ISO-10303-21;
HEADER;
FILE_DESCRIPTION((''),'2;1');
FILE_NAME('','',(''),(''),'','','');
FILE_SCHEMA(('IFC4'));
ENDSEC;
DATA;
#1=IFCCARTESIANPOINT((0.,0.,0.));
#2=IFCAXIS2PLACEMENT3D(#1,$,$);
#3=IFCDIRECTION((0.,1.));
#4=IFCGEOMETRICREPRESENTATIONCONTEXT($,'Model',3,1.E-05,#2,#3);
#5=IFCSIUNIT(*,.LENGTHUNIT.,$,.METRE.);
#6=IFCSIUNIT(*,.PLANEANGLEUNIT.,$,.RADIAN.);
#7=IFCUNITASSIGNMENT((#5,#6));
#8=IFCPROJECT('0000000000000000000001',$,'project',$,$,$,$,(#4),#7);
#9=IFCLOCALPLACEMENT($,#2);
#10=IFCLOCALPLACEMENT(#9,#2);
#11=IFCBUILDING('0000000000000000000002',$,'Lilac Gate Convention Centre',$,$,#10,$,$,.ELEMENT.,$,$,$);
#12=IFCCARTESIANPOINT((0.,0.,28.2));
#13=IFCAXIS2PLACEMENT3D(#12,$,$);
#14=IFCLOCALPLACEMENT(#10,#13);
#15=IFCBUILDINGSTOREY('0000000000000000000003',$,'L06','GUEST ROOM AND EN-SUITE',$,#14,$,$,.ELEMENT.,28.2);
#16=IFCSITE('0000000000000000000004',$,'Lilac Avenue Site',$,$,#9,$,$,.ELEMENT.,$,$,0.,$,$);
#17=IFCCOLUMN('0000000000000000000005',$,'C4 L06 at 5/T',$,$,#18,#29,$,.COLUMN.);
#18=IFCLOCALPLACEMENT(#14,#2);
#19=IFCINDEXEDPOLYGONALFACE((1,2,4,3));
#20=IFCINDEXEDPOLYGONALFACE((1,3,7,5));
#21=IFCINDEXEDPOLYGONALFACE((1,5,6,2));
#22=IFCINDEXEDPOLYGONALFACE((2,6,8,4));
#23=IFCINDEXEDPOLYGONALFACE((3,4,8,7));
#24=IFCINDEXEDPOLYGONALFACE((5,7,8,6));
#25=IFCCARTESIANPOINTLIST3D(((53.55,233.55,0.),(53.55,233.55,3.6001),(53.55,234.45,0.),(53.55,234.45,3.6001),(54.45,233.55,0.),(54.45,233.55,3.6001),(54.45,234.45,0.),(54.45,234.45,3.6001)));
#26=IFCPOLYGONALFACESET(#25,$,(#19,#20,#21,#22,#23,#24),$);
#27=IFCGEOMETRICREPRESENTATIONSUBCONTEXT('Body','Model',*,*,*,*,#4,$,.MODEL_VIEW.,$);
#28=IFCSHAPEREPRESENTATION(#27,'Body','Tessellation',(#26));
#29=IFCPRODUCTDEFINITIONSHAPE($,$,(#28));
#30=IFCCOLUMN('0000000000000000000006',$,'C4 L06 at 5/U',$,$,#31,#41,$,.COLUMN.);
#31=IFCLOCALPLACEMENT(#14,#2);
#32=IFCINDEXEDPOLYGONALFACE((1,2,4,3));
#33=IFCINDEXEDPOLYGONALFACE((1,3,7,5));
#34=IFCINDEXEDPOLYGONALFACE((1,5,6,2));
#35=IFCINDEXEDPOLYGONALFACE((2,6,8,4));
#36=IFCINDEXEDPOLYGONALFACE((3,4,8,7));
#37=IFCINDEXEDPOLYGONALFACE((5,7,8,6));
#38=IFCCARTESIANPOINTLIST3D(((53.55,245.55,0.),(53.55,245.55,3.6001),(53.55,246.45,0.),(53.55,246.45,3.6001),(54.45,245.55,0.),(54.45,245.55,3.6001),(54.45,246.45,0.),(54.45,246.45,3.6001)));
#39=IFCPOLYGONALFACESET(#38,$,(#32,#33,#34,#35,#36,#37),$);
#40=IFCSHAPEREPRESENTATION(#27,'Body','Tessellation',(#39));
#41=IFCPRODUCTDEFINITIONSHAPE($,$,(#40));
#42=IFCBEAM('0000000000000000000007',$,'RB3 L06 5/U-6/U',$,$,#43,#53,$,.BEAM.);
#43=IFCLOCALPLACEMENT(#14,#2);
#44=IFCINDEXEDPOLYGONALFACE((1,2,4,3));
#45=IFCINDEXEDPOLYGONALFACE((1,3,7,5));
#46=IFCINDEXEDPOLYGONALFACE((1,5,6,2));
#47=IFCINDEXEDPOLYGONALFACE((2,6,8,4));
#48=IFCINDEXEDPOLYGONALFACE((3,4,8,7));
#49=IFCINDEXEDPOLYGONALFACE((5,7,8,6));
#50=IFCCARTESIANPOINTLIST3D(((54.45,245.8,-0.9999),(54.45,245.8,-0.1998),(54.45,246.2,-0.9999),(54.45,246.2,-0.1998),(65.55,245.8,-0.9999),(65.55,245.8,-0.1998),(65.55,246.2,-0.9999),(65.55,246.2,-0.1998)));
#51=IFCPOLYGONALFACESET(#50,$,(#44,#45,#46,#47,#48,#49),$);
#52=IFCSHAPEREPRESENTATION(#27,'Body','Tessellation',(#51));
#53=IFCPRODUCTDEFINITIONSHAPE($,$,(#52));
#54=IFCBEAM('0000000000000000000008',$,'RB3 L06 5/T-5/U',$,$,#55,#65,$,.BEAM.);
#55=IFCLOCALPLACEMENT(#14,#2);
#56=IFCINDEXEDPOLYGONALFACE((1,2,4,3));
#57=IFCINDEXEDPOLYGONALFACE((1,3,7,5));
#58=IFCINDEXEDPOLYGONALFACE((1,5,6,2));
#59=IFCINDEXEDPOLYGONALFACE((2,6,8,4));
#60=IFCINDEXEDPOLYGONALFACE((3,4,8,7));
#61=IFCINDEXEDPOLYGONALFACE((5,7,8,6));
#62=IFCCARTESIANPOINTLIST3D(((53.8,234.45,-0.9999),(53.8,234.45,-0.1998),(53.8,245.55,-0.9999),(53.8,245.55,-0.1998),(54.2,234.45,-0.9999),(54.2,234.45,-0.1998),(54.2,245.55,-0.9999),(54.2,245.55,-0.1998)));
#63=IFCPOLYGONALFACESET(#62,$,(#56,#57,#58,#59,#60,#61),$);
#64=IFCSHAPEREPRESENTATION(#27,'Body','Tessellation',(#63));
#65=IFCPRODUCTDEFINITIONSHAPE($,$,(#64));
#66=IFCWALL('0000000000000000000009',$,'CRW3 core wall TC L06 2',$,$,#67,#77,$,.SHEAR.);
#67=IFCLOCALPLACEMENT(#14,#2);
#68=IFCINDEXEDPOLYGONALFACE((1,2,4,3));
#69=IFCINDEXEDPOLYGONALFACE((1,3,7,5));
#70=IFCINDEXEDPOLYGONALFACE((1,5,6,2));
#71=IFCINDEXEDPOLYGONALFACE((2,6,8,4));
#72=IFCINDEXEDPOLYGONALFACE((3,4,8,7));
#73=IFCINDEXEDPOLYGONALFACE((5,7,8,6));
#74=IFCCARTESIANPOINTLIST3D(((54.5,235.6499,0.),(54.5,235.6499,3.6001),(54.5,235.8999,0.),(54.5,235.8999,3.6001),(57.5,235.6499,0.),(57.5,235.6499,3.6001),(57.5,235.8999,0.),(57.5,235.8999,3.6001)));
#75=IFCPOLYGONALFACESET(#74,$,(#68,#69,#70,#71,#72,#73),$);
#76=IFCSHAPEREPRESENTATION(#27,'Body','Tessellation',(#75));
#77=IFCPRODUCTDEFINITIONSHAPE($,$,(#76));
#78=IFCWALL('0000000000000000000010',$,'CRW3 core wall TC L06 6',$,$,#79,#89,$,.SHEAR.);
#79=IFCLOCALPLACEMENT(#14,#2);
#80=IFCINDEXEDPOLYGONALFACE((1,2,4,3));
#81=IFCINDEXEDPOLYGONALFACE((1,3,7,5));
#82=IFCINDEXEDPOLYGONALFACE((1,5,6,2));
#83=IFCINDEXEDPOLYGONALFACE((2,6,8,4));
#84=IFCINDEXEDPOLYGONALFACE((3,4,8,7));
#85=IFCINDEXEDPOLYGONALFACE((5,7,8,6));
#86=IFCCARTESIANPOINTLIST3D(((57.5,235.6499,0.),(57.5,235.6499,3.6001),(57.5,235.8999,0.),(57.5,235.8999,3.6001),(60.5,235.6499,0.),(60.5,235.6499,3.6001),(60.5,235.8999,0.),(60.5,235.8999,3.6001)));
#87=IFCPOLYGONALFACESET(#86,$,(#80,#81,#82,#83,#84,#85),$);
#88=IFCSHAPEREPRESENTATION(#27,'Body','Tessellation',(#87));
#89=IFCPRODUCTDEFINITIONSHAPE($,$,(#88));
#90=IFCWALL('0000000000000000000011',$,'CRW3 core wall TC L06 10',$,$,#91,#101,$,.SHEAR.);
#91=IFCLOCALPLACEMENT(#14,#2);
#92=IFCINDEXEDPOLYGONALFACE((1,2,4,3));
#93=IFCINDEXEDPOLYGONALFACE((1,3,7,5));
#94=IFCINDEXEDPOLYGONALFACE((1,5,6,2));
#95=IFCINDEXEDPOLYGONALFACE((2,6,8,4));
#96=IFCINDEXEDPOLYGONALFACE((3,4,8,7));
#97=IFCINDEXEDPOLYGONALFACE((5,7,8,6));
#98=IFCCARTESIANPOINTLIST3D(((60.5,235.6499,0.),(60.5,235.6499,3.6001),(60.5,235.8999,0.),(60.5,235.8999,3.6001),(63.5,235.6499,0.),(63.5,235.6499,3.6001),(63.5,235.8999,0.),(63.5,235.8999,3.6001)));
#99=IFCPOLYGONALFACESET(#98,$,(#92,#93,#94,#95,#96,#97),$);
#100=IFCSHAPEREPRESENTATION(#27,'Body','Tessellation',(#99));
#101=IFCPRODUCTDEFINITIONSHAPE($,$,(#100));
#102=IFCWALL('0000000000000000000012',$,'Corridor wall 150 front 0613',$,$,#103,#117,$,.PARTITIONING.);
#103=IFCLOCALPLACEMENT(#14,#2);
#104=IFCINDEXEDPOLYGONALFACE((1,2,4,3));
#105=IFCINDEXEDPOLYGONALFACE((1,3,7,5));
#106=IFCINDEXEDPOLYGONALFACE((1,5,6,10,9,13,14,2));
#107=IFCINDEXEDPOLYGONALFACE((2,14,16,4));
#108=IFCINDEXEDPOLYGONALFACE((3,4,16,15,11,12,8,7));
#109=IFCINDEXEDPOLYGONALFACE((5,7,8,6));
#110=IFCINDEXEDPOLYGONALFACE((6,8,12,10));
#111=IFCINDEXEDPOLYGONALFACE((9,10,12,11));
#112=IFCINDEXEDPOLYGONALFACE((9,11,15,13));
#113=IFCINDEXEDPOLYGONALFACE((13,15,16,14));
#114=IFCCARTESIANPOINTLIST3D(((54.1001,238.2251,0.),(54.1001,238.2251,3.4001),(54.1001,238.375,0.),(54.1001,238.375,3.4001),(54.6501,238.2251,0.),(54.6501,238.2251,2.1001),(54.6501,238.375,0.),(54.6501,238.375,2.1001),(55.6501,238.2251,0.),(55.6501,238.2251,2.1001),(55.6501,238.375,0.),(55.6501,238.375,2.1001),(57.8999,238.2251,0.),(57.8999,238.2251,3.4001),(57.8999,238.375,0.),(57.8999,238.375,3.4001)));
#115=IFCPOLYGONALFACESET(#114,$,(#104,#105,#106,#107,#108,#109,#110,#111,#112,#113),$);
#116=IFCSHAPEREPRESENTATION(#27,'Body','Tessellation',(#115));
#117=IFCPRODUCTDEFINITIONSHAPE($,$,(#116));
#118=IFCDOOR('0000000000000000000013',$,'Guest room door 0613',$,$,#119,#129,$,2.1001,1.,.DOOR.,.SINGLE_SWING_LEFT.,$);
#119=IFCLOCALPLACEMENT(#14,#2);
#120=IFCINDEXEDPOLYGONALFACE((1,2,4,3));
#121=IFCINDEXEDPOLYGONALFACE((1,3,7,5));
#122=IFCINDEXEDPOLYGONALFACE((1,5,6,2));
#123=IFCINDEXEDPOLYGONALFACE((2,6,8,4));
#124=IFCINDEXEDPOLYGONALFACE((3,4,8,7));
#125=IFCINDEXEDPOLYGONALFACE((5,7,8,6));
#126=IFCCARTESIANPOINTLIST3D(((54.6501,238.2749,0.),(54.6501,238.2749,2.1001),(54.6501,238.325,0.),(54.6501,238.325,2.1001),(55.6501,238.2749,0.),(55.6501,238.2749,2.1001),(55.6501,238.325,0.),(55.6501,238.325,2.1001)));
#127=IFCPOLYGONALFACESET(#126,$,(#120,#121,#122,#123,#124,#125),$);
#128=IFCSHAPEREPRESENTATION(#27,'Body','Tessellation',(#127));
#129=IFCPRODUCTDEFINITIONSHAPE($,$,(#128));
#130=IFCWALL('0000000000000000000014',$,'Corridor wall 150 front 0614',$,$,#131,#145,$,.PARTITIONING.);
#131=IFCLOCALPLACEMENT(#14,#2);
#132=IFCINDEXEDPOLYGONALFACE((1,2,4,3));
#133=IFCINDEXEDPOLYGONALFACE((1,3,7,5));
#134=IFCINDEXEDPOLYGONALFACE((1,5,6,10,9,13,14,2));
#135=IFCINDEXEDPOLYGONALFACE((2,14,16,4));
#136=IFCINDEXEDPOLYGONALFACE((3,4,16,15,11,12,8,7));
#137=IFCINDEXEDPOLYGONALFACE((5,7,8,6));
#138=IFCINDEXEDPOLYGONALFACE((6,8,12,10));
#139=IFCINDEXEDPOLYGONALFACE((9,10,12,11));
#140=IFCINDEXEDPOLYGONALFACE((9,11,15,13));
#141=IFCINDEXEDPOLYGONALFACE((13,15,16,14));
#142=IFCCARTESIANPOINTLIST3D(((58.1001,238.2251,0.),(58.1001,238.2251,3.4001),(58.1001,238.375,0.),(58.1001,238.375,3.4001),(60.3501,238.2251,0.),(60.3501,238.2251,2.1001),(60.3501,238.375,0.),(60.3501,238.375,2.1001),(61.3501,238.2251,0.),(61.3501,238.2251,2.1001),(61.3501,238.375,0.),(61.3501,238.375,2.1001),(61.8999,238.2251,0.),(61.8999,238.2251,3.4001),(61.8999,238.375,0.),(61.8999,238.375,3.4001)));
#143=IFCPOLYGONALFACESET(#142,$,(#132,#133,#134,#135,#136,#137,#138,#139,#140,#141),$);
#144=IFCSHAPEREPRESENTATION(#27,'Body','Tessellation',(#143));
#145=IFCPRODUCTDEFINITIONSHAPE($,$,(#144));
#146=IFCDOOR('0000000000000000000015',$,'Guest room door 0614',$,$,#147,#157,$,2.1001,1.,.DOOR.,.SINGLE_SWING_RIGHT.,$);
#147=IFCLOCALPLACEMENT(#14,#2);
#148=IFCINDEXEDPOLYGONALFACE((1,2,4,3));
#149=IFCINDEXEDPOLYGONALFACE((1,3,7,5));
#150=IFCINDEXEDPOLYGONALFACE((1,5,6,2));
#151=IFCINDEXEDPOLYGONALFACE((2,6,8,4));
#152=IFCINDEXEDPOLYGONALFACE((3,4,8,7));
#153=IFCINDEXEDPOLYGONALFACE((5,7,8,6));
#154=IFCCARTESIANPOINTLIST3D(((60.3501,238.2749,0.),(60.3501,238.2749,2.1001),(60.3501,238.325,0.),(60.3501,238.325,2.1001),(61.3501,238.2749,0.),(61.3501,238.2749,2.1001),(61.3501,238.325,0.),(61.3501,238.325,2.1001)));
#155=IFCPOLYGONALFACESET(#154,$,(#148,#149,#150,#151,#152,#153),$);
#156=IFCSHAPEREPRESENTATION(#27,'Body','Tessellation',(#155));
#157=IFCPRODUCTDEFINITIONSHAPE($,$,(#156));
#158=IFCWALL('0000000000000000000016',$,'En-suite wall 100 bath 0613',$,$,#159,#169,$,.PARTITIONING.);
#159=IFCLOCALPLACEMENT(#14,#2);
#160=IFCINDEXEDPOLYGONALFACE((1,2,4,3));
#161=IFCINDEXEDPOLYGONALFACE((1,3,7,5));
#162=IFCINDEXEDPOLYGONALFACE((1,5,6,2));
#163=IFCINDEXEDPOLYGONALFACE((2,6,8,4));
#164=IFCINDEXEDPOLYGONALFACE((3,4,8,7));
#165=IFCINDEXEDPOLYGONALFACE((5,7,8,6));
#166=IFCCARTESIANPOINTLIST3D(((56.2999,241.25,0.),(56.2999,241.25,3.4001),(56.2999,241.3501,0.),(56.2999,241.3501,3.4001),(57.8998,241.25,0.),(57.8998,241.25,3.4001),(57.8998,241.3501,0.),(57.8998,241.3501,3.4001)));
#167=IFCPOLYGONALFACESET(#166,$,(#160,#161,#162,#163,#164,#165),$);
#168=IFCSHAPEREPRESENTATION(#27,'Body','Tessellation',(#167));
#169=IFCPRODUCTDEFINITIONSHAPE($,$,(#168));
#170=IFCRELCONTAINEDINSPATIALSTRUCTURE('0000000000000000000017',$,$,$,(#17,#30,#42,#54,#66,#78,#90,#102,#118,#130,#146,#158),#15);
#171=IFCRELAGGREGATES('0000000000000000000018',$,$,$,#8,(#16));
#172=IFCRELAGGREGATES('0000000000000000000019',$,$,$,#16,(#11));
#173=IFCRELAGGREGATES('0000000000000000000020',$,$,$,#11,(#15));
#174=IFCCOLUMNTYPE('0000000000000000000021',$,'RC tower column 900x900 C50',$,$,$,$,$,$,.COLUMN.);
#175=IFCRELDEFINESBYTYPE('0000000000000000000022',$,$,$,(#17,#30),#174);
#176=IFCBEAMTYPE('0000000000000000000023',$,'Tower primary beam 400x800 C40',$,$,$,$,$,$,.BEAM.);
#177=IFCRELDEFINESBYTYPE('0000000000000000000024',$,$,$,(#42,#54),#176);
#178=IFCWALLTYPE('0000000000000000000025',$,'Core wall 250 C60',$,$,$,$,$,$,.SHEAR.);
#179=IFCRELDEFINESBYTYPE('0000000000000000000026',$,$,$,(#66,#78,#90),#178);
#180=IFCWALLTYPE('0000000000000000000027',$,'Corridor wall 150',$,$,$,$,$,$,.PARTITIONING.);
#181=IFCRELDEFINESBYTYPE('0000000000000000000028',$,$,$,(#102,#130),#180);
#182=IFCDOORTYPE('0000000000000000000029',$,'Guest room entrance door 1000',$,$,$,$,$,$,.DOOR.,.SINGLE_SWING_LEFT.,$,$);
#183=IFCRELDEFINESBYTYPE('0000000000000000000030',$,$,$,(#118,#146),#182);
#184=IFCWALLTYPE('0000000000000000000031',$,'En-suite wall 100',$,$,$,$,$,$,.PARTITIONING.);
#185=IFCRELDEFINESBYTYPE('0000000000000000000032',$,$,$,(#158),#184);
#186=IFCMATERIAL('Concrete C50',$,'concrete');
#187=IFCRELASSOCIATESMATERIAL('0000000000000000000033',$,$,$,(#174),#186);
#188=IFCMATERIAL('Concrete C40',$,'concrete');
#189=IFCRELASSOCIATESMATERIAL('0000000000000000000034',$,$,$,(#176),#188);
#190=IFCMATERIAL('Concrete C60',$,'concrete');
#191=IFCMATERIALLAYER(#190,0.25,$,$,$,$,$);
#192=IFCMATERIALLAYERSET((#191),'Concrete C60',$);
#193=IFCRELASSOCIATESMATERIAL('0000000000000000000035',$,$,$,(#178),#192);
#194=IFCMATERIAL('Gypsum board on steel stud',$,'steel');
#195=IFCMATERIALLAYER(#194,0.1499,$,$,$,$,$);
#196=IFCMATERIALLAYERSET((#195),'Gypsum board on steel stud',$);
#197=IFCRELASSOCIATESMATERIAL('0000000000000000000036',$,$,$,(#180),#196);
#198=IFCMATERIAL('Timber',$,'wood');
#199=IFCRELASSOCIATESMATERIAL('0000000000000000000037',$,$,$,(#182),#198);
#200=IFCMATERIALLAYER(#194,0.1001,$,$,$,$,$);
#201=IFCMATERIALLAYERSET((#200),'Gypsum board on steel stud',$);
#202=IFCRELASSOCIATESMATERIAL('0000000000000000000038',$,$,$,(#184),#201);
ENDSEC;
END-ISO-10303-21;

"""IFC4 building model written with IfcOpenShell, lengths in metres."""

from ifc_helpers import new_model, si_unit, direction, frame, frame_2d, origin, origin_2d, place, context, subcontext, project, spatial, rectangle, extrude, material, layer, layer_set, material_profile, profile_set, type_object, element, fill, save


model = new_model("IFC4")

# Units and contexts
model_context = context("Model", 3, precision=1e-05, world=origin(), true_north=direction((0.0, 1.0)))
body_context = subcontext(model_context, "Body", "Model", "MODEL_VIEW")
ifc_project = project(units=[si_unit("LENGTHUNIT", "METRE"), si_unit("PLANEANGLEUNIT", "RADIAN")], contexts=[model_context])

# Site, building, storey
site_placement = place(None, origin())
site = spatial("IfcSite", under=ifc_project, at=site_placement, Name="Lilac Avenue Site", CompositionType="ELEMENT", RefElevation=0.0)
building_placement = place(site_placement, origin())
building = spatial("IfcBuilding", under=site, at=building_placement, Name="Lilac Gate Convention Centre", CompositionType="ELEMENT")
storey_placement = place(building_placement, frame((0.0, 0.0, 28.2)))
storey = spatial("IfcBuildingStorey", under=building, at=storey_placement, Name="L06", Description="GUEST ROOM AND EN-SUITE", CompositionType="ELEMENT", Elevation=28.2)

# Columns
ifc_material_1 = material(Name="Concrete C50", Category="concrete")
ifc_material_profile_1 = material_profile(ifc_material_1, rectangle(XDim=0.8999, YDim=0.8999, at=origin_2d()), Name="RC 900x900")
ifc_profile_set_1 = profile_set([ifc_material_profile_1], Name="Concrete C50")
column_type = type_object("IfcColumnType", Name="RC tower column 900x900 C50", PredefinedType="COLUMN", material=ifc_profile_set_1)
for number, where, z_axis, x_axis, name in (
    (1, (54.0, 234.0, 0.0), (0.0, 0.0, 1.0), (1.0, 0.0, 0.0), "C4 L06 at 5/T"),
    (2, (54.0, 246.0, 0.0), (0.0, 0.0, 1.0), (1.0, 0.0, 0.0), "C4 L06 at 5/U"),
):
    element("IfcColumn", number, at=place(storey_placement, frame(where, z_axis=z_axis, x_axis=x_axis)), inside=storey, type_object=column_type, Name=name, PredefinedType="COLUMN", context=body_context, shape_type="SweptSolid", body=[
        extrude(rectangle(XDim=0.8999, YDim=0.8999, at=origin_2d()), origin(), (0.0, 0.0, 1.0), 3.6001),
    ])

# Beams
ifc_material_2 = material(Name="Concrete C40", Category="concrete")
ifc_material_profile_2 = material_profile(ifc_material_2, rectangle(XDim=0.3999, YDim=0.8, at=origin_2d()), Name="RC 400x800")
ifc_profile_set_2 = profile_set([ifc_material_profile_2], Name="Concrete C40")
beam_type = type_object("IfcBeamType", Name="Tower primary beam 400x800 C40", PredefinedType="BEAM", material=ifc_profile_set_2)
for number, where, z_axis, x_axis, name in (
    (3, (54.45, 246.0, -0.5999), (1.0, 0.0, 0.0), (0.0, 1.0, 0.0), "RB3 L06 5/U-6/U"),
    (4, (54.0, 234.45, -0.5999), (0.0, 1.0, 0.0), (-1.0, 0.0, 0.0), "RB3 L06 5/T-5/U"),
):
    element("IfcBeam", number, at=place(storey_placement, frame(where, z_axis=z_axis, x_axis=x_axis)), inside=storey, type_object=beam_type, Name=name, PredefinedType="BEAM", context=body_context, shape_type="SweptSolid", body=[
        extrude(rectangle(XDim=0.3999, YDim=0.8, at=origin_2d()), origin(), (0.0, 0.0, 1.0), 11.1001),
    ])

# Walls
ifc_material_3 = material(Name="Concrete C60", Category="concrete")
ifc_layer_1 = layer(ifc_material_3, 0.25)
ifc_layer_set_1 = layer_set([ifc_layer_1], Name="Concrete C60")
wall_type_1 = type_object("IfcWallType", Name="Core wall 250 C60", PredefinedType="SHEAR", material=ifc_layer_set_1)
for number, where, z_axis, x_axis, name in (
    (5, (54.5, 235.7749, 0.0), (0.0, 0.0, 1.0), (1.0, 0.0, 0.0), "CRW3 core wall TC L06 2"),
    (6, (57.5, 235.7749, 0.0), (0.0, 0.0, 1.0), (1.0, 0.0, 0.0), "CRW3 core wall TC L06 6"),
    (7, (60.5, 235.7749, 0.0), (0.0, 0.0, 1.0), (1.0, 0.0, 0.0), "CRW3 core wall TC L06 10"),
):
    element("IfcWall", number, at=place(storey_placement, frame(where, z_axis=z_axis, x_axis=x_axis)), inside=storey, type_object=wall_type_1, Name=name, PredefinedType="SHEAR", context=body_context, shape_type="SweptSolid", body=[
        extrude(rectangle(XDim=3.0, YDim=0.25, at=frame_2d((1.5, 0.0))), origin(), (0.0, 0.0, 1.0), 3.6001),
    ])

# Walls, openings, doors
ifc_material_4 = material(Name="Gypsum board on steel stud", Category="steel")
ifc_layer_2 = layer(ifc_material_4, 0.1499)
ifc_layer_set_2 = layer_set([ifc_layer_2], Name="Gypsum board on steel stud")
wall_type_2 = type_object("IfcWallType", Name="Corridor wall 150", PredefinedType="PARTITIONING", material=ifc_layer_set_2)
wall_1_placement = place(storey_placement, frame((54.1001, 238.3, 0.0), z_axis=(0.0, 0.0, 1.0), x_axis=(1.0, 0.0, 0.0)))
wall_1 = element("IfcWall", 8, at=wall_1_placement, inside=storey, type_object=wall_type_2, Name="Corridor wall 150 front 0613", PredefinedType="PARTITIONING", context=body_context, shape_type="SweptSolid", body=[
    extrude(rectangle(XDim=3.7998, YDim=0.1499, at=frame_2d((1.8999, 0.0))), origin(), (0.0, 0.0, 1.0), 3.4001),
])
opening_1_placement = place(wall_1_placement, frame((0.55, 0.0, 0.0)))
opening_1 = element("IfcOpeningElement", 9, at=opening_1_placement, cuts=wall_1, PredefinedType="OPENING", context=body_context, shape_type="SweptSolid", body=[
    extrude(rectangle(XDim=1.0, YDim=2.1001, at=frame_2d((0.5, 1.05))), frame((0.0, 0.085, 0.0), z_axis=(0.0, -1.0, 0.0), x_axis=(1.0, 0.0, 0.0)), (0.0, 0.0, 1.0), 0.1699),
])
ifc_material_5 = material(Name="Timber", Category="wood")
door_type_1 = type_object("IfcDoorType", Name="Guest room entrance door 1000", OperationType="SINGLE_SWING_LEFT", PredefinedType="DOOR", material=ifc_material_5)
door_1_placement = place(opening_1_placement, origin())
door_1 = element("IfcDoor", 10, at=door_1_placement, inside=storey, type_object=door_type_1, Name="Guest room door 0613", OperationType="SINGLE_SWING_LEFT", OverallHeight=2.1001, OverallWidth=1.0, PredefinedType="DOOR", context=body_context, shape_type="SweptSolid", body=[
    extrude(rectangle(XDim=1.0, YDim=2.1001, at=frame_2d((0.5, 1.05))), frame((0.0, 0.0249, 0.0), z_axis=(0.0, -1.0, 0.0), x_axis=(1.0, 0.0, 0.0)), (0.0, 0.0, 1.0), 0.05),
])
fill(opening_1, door_1)
wall_2_placement = place(storey_placement, frame((58.1001, 238.3, 0.0), z_axis=(0.0, 0.0, 1.0), x_axis=(1.0, 0.0, 0.0)))
wall_2 = element("IfcWall", 11, at=wall_2_placement, inside=storey, type_object=wall_type_2, Name="Corridor wall 150 front 0614", PredefinedType="PARTITIONING", context=body_context, shape_type="SweptSolid", body=[
    extrude(rectangle(XDim=3.7998, YDim=0.1499, at=frame_2d((1.8999, 0.0))), origin(), (0.0, 0.0, 1.0), 3.4001),
])
opening_2_placement = place(wall_2_placement, frame((2.25, 0.0, 0.0)))
opening_2 = element("IfcOpeningElement", 12, at=opening_2_placement, cuts=wall_2, PredefinedType="OPENING", context=body_context, shape_type="SweptSolid", body=[
    extrude(rectangle(XDim=1.0, YDim=2.1001, at=frame_2d((0.5, 1.05))), frame((0.0, 0.085, 0.0), z_axis=(0.0, -1.0, 0.0), x_axis=(1.0, 0.0, 0.0)), (0.0, 0.0, 1.0), 0.1699),
])
door_2_placement = place(opening_2_placement, origin())
door_2 = element("IfcDoor", 13, at=door_2_placement, inside=storey, type_object=door_type_1, Name="Guest room door 0614", OperationType="SINGLE_SWING_RIGHT", OverallHeight=2.1001, OverallWidth=1.0, PredefinedType="DOOR", context=body_context, shape_type="SweptSolid", body=[
    extrude(rectangle(XDim=1.0, YDim=2.1001, at=frame_2d((0.5, 1.05))), frame((0.0, 0.0249, 0.0), z_axis=(0.0, -1.0, 0.0), x_axis=(1.0, 0.0, 0.0)), (0.0, 0.0, 1.0), 0.05),
])
fill(opening_2, door_2)

# Wall
ifc_layer_3 = layer(ifc_material_4, 0.1001)
ifc_layer_set_3 = layer_set([ifc_layer_3], Name="Gypsum board on steel stud")
wall_type_3 = type_object("IfcWallType", Name="En-suite wall 100", PredefinedType="PARTITIONING", material=ifc_layer_set_3)
wall_3_placement = place(storey_placement, frame((56.3, 241.3, 0.0), z_axis=(0.0, 0.0, 1.0), x_axis=(1.0, 0.0, 0.0)))
element("IfcWall", 14, at=wall_3_placement, inside=storey, type_object=wall_type_3, Name="En-suite wall 100 bath 0613", PredefinedType="PARTITIONING", context=body_context, shape_type="SweptSolid", body=[
    extrude(rectangle(XDim=1.5999, YDim=0.1001, at=frame_2d((0.7998, 0.0))), origin(), (0.0, 0.0, 1.0), 3.4001),
])

save(model, "model.ifc")
